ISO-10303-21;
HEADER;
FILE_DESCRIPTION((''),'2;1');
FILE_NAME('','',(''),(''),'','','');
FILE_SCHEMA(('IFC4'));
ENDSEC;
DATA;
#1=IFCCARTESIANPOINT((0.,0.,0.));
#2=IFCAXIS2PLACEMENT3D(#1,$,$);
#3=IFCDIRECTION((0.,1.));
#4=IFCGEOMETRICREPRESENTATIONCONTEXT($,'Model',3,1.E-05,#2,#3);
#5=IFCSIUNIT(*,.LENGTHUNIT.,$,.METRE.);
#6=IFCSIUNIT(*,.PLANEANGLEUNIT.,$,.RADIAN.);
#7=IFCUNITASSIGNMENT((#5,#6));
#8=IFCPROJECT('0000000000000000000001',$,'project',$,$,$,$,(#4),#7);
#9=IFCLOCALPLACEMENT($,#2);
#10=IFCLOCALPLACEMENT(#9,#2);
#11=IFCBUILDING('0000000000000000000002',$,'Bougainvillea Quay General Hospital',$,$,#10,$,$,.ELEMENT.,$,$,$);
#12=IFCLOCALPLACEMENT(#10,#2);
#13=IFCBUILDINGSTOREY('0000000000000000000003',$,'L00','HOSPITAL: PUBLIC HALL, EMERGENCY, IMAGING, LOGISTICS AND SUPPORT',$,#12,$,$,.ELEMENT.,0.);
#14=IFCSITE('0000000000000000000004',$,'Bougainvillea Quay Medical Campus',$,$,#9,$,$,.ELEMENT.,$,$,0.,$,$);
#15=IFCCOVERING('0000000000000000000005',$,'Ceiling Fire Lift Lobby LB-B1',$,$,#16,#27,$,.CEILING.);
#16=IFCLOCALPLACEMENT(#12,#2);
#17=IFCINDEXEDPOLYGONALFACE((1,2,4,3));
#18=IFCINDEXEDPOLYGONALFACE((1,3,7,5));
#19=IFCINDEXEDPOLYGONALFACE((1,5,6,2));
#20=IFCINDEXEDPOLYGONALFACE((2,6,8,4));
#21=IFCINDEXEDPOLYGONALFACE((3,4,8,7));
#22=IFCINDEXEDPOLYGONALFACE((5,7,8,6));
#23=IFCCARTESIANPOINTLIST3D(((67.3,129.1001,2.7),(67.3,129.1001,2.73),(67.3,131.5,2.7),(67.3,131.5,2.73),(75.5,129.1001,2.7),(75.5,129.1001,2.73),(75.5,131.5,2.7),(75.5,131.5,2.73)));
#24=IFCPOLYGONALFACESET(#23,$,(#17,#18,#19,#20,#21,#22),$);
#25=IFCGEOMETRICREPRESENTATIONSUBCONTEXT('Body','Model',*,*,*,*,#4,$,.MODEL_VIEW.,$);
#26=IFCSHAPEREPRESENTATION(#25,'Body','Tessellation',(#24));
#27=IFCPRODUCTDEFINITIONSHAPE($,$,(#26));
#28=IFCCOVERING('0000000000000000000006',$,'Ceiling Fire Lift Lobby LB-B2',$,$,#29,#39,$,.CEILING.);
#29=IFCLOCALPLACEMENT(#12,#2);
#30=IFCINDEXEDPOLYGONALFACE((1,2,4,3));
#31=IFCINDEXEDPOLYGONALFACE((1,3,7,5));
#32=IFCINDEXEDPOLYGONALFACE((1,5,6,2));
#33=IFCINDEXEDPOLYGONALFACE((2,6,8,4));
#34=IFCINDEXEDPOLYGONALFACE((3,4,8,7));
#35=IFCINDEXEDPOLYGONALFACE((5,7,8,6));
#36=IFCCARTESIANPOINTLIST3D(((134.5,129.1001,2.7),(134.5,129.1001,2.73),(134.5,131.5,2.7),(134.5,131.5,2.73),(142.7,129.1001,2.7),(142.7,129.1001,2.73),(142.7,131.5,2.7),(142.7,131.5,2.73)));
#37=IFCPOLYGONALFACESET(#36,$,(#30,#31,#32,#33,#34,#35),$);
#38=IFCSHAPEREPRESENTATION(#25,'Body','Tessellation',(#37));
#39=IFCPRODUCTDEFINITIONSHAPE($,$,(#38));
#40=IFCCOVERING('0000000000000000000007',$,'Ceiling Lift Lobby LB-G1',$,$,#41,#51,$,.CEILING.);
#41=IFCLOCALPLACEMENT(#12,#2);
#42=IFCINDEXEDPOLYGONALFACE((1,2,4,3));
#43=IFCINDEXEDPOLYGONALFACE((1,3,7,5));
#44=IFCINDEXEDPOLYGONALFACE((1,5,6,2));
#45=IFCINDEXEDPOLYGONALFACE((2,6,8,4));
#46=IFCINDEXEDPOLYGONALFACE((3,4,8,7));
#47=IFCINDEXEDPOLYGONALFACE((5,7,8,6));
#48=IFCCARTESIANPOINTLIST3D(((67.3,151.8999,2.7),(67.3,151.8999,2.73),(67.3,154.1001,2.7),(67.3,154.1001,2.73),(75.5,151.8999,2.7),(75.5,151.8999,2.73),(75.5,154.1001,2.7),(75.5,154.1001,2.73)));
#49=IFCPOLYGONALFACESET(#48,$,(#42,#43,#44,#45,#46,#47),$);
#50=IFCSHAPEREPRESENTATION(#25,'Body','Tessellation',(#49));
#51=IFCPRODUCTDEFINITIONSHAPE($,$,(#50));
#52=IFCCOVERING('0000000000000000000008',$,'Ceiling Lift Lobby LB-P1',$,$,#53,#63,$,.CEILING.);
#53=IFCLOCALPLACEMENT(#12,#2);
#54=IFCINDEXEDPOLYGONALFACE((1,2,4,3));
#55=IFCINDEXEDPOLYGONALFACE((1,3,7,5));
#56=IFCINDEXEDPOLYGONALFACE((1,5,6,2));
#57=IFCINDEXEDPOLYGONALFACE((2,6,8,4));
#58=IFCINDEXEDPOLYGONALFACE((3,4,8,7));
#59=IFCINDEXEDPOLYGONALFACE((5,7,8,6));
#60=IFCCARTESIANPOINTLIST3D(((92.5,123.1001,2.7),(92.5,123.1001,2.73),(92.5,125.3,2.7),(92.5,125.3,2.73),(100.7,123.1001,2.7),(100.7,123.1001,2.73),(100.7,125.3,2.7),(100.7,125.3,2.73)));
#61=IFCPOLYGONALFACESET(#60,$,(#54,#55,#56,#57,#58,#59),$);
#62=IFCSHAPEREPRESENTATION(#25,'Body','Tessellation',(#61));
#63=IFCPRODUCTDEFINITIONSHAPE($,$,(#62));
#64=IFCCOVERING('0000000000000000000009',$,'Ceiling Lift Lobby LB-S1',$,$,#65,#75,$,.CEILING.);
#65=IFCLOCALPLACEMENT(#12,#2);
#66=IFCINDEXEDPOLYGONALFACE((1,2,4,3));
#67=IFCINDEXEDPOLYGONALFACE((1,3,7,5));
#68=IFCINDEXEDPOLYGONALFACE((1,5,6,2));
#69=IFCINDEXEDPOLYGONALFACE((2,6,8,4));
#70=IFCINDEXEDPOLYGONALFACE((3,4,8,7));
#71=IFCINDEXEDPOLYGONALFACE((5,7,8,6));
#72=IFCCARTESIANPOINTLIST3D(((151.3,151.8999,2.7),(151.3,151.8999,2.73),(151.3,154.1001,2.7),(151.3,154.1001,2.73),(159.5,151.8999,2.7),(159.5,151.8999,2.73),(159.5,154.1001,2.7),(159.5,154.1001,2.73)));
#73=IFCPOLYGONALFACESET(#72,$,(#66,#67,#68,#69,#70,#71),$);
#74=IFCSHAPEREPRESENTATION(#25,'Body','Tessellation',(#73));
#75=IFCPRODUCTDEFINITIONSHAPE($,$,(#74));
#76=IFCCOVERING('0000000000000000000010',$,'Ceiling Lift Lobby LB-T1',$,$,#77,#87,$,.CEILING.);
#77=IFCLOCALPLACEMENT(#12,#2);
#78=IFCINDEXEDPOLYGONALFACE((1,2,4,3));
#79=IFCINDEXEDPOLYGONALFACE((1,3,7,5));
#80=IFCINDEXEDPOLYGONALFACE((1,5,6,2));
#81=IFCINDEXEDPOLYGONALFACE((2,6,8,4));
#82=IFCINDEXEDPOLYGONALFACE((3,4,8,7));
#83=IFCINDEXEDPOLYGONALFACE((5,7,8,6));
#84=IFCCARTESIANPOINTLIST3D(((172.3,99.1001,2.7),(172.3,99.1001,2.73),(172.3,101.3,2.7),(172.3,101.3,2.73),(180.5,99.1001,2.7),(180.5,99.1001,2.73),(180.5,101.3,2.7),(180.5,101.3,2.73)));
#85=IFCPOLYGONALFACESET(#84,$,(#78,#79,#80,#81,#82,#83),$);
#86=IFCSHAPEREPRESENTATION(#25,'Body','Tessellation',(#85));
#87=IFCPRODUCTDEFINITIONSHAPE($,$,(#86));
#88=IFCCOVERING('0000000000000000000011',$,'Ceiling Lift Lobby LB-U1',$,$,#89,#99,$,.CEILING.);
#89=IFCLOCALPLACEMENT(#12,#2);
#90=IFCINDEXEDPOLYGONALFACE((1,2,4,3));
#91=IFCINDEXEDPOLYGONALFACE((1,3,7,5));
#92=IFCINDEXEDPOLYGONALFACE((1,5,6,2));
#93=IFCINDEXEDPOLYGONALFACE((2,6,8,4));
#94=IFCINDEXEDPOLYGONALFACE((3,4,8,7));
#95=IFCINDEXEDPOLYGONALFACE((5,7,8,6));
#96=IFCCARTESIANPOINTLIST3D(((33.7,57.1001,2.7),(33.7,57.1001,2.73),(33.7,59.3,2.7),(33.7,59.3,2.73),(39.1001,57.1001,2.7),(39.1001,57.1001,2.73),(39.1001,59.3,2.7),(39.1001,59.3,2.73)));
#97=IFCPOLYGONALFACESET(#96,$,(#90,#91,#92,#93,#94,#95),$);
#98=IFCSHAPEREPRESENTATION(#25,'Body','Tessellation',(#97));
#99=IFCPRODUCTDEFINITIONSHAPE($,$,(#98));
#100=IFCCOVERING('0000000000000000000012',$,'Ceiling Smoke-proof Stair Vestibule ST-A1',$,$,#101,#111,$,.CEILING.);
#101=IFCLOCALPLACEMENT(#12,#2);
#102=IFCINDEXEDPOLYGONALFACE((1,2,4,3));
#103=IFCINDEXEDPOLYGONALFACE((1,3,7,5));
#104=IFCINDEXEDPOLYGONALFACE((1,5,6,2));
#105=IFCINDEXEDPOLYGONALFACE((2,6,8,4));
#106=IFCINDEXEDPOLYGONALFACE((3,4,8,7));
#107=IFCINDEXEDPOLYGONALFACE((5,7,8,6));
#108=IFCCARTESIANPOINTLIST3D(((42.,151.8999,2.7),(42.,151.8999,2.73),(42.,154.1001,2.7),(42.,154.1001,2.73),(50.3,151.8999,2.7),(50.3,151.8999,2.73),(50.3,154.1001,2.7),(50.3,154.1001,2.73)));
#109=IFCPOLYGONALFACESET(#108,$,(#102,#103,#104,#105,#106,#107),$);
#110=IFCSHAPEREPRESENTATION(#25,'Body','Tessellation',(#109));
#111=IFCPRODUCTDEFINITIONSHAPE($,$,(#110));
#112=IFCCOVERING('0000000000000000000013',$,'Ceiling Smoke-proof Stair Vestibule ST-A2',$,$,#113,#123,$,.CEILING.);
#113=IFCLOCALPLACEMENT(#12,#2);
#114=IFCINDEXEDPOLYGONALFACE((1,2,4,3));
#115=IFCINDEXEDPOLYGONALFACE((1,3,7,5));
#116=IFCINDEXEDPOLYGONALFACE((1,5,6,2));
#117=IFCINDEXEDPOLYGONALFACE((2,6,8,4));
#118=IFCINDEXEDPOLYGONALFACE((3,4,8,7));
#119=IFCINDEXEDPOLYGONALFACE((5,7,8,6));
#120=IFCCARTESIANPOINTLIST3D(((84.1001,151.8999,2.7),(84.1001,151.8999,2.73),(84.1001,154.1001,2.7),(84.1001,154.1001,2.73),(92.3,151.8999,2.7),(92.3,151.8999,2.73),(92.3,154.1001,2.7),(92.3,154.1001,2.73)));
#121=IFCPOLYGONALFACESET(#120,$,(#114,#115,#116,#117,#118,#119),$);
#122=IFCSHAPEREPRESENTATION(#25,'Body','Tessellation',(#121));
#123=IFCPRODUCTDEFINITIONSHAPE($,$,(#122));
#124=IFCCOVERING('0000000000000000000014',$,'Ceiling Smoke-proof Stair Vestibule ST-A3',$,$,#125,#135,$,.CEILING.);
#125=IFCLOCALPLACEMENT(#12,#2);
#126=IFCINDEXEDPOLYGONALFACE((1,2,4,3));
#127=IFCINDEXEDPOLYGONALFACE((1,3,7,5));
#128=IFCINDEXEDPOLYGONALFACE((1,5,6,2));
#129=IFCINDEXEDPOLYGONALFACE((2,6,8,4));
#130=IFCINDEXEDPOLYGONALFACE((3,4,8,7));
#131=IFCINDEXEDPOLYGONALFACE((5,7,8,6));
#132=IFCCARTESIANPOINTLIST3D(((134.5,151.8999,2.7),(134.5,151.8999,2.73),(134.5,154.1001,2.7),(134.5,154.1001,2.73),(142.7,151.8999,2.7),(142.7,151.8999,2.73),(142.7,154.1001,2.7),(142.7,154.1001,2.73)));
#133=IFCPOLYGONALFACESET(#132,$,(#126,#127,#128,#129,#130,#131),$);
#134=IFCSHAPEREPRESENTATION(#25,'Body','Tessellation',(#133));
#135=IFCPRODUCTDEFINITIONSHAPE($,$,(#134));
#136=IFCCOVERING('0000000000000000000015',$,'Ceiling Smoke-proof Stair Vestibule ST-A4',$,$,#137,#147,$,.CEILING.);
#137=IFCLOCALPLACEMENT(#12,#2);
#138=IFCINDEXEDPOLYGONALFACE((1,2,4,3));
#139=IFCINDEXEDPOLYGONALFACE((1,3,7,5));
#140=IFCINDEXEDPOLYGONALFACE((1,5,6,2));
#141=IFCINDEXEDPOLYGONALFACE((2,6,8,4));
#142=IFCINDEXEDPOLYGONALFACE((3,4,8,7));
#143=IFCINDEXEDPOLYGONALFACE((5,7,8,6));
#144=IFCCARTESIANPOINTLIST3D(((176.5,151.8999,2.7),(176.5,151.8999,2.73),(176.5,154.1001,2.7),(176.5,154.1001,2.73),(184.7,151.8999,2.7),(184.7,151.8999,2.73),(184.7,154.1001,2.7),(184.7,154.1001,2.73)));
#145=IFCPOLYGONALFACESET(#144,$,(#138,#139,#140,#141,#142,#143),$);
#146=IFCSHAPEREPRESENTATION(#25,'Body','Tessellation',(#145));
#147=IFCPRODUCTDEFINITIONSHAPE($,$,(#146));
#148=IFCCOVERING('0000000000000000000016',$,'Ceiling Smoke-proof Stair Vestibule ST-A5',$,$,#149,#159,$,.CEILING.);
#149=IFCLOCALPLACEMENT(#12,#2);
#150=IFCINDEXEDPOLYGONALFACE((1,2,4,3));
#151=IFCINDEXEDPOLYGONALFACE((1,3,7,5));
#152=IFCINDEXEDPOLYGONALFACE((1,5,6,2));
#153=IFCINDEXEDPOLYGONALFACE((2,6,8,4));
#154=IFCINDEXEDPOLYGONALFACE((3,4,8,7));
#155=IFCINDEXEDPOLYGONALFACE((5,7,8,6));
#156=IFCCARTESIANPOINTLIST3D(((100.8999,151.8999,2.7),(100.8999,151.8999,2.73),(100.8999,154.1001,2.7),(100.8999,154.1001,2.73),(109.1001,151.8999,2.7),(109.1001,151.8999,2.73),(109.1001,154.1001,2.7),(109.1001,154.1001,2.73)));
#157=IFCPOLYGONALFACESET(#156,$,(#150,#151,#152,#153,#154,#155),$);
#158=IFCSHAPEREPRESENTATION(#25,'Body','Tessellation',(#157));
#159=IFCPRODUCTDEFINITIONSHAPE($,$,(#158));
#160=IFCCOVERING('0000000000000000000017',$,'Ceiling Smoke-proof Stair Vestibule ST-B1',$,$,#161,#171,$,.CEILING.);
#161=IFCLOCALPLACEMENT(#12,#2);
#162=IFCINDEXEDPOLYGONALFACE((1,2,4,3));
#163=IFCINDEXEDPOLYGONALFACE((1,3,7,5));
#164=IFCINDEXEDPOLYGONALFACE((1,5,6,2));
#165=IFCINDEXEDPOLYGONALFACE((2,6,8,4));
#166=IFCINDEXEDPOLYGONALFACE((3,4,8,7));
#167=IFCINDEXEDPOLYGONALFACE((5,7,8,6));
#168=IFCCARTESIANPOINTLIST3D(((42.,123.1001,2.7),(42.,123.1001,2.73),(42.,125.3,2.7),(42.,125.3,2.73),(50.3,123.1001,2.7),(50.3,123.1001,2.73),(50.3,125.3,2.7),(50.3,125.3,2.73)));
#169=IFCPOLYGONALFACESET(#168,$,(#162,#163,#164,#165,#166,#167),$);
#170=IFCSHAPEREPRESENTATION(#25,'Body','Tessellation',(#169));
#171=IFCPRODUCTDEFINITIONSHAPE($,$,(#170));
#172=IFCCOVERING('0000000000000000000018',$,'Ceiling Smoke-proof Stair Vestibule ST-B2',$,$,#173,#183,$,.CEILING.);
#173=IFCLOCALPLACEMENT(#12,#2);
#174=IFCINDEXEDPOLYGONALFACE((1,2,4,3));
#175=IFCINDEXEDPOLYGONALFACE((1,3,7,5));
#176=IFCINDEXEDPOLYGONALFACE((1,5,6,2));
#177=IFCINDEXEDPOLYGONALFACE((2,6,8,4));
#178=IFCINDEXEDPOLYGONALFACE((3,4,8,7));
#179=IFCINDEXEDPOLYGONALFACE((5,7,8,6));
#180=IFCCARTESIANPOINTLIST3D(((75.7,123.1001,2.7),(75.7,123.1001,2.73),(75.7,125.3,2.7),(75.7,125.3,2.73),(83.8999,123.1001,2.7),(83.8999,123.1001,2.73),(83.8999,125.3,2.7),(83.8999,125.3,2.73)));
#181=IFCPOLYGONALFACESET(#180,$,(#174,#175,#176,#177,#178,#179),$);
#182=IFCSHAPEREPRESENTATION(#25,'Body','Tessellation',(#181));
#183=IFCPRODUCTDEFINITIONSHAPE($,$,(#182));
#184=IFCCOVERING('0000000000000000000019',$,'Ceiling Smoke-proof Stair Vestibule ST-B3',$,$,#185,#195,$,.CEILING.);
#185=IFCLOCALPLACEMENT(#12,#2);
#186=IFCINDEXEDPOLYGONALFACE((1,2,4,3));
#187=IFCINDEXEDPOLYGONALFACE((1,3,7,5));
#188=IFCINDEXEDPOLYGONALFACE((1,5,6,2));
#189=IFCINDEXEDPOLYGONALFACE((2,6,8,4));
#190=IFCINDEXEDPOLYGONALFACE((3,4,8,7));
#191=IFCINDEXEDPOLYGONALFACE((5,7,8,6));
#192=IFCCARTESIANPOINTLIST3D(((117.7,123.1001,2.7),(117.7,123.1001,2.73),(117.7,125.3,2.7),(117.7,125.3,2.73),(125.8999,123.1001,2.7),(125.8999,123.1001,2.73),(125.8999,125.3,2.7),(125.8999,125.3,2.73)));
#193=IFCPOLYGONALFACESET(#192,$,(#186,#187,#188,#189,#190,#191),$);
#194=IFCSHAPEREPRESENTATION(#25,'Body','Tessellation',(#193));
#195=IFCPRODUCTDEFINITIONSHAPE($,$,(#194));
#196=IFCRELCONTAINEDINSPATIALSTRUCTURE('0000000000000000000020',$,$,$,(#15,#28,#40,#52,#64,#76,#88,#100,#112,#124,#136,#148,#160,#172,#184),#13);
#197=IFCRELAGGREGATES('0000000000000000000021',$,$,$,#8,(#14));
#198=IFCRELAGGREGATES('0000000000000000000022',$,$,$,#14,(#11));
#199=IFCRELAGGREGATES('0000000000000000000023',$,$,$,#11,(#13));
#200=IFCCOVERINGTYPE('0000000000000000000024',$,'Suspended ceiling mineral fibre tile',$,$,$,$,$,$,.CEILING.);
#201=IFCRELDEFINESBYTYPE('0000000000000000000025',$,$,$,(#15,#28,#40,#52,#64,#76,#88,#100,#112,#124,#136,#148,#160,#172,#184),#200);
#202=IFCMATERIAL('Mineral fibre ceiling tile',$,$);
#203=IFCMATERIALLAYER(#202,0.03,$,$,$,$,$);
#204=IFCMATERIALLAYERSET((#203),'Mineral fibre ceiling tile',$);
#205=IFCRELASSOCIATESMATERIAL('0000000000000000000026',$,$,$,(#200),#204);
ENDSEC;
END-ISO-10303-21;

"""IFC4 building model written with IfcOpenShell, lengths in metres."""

from ifc_helpers import new_model, si_unit, direction, frame, origin, place, context, subcontext, project, spatial, polyline, outline, extrude, material, layer, layer_set, type_object, element, save


model = new_model("IFC4")

# Units and contexts
model_context = context("Model", 3, precision=1e-05, world=origin(), true_north=direction((0.0, 1.0)))
body_context = subcontext(model_context, "Body", "Model", "MODEL_VIEW")
ifc_project = project(units=[si_unit("LENGTHUNIT", "METRE"), si_unit("PLANEANGLEUNIT", "RADIAN")], contexts=[model_context])

# Site, building, storey
site_placement = place(None, origin())
site = spatial("IfcSite", under=ifc_project, at=site_placement, Name="Bougainvillea Quay Medical Campus", CompositionType="ELEMENT", RefElevation=0.0)
building_placement = place(site_placement, origin())
building = spatial("IfcBuilding", under=site, at=building_placement, Name="Bougainvillea Quay General Hospital", CompositionType="ELEMENT")
storey_placement = place(building_placement, origin())
storey = spatial("IfcBuildingStorey", under=building, at=storey_placement, Name="L00", Description="HOSPITAL: PUBLIC HALL, EMERGENCY, IMAGING, LOGISTICS AND SUPPORT", CompositionType="ELEMENT", Elevation=0.0)

# Coverings
ifc_material = material(Name="Mineral fibre ceiling tile")
ifc_layer = layer(ifc_material, 0.03)
ifc_layer_set = layer_set([ifc_layer], Name="Mineral fibre ceiling tile")
covering_type = type_object("IfcCoveringType", Name="Suspended ceiling mineral fibre tile", PredefinedType="CEILING", material=ifc_layer_set)
covering_1_placement = place(storey_placement, frame((0.0, 0.0, 2.7)))
element("IfcCovering", 1, at=covering_1_placement, inside=storey, type_object=covering_type, Name="Ceiling Fire Lift Lobby LB-B1", PredefinedType="CEILING", context=body_context, shape_type="SweptSolid", body=[
    extrude(outline(polyline([(67.3, 129.1001), (75.5, 129.1001), (75.5, 131.5), (67.3, 131.5), (67.3, 129.1001)])), origin(), (0.0, 0.0, 1.0), 0.03),
])
covering_2_placement = place(storey_placement, frame((0.0, 0.0, 2.7)))
element("IfcCovering", 2, at=covering_2_placement, inside=storey, type_object=covering_type, Name="Ceiling Fire Lift Lobby LB-B2", PredefinedType="CEILING", context=body_context, shape_type="SweptSolid", body=[
    extrude(outline(polyline([(142.7, 129.1001), (142.7, 131.5), (134.5, 131.5), (134.5, 129.1001), (142.7, 129.1001)])), origin(), (0.0, 0.0, 1.0), 0.03),
])
covering_3_placement = place(storey_placement, frame((0.0, 0.0, 2.7)))
element("IfcCovering", 3, at=covering_3_placement, inside=storey, type_object=covering_type, Name="Ceiling Lift Lobby LB-G1", PredefinedType="CEILING", context=body_context, shape_type="SweptSolid", body=[
    extrude(outline(polyline([(75.5, 151.8999), (75.5, 154.1001), (67.3, 154.1001), (67.3, 151.8999), (75.5, 151.8999)])), origin(), (0.0, 0.0, 1.0), 0.03),
])
covering_4_placement = place(storey_placement, frame((0.0, 0.0, 2.7)))
element("IfcCovering", 4, at=covering_4_placement, inside=storey, type_object=covering_type, Name="Ceiling Lift Lobby LB-P1", PredefinedType="CEILING", context=body_context, shape_type="SweptSolid", body=[
    extrude(outline(polyline([(92.5, 125.3), (92.5, 123.1001), (100.7, 123.1001), (100.7, 125.3), (92.5, 125.3)])), origin(), (0.0, 0.0, 1.0), 0.03),
])
covering_5_placement = place(storey_placement, frame((0.0, 0.0, 2.7)))
element("IfcCovering", 5, at=covering_5_placement, inside=storey, type_object=covering_type, Name="Ceiling Lift Lobby LB-S1", PredefinedType="CEILING", context=body_context, shape_type="SweptSolid", body=[
    extrude(outline(polyline([(151.3, 154.1001), (151.3, 151.8999), (159.5, 151.8999), (159.5, 154.1001), (151.3, 154.1001)])), origin(), (0.0, 0.0, 1.0), 0.03),
])
covering_6_placement = place(storey_placement, frame((0.0, 0.0, 2.7)))
element("IfcCovering", 6, at=covering_6_placement, inside=storey, type_object=covering_type, Name="Ceiling Lift Lobby LB-T1", PredefinedType="CEILING", context=body_context, shape_type="SweptSolid", body=[
    extrude(outline(polyline([(180.5, 101.3), (172.3, 101.3), (172.3, 99.1001), (180.5, 99.1001), (180.5, 101.3)])), origin(), (0.0, 0.0, 1.0), 0.03),
])
covering_7_placement = place(storey_placement, frame((0.0, 0.0, 2.7)))
element("IfcCovering", 7, at=covering_7_placement, inside=storey, type_object=covering_type, Name="Ceiling Lift Lobby LB-U1", PredefinedType="CEILING", context=body_context, shape_type="SweptSolid", body=[
    extrude(outline(polyline([(33.7, 57.1001), (39.1001, 57.1001), (39.1001, 59.3), (33.7, 59.3), (33.7, 57.1001)])), origin(), (0.0, 0.0, 1.0), 0.03),
])
covering_8_placement = place(storey_placement, frame((0.0, 0.0, 2.7)))
element("IfcCovering", 8, at=covering_8_placement, inside=storey, type_object=covering_type, Name="Ceiling Smoke-proof Stair Vestibule ST-A1", PredefinedType="CEILING", context=body_context, shape_type="SweptSolid", body=[
    extrude(outline(polyline([(42.0, 151.8999), (50.3, 151.8999), (50.3, 154.1001), (42.0, 154.1001), (42.0, 151.8999)])), origin(), (0.0, 0.0, 1.0), 0.03),
])
covering_9_placement = place(storey_placement, frame((0.0, 0.0, 2.7)))
element("IfcCovering", 9, at=covering_9_placement, inside=storey, type_object=covering_type, Name="Ceiling Smoke-proof Stair Vestibule ST-A2", PredefinedType="CEILING", context=body_context, shape_type="SweptSolid", body=[
    extrude(outline(polyline([(92.3, 151.8999), (92.3, 154.1001), (84.1001, 154.1001), (84.1001, 151.8999), (92.3, 151.8999)])), origin(), (0.0, 0.0, 1.0), 0.03),
])
covering_10_placement = place(storey_placement, frame((0.0, 0.0, 2.7)))
element("IfcCovering", 10, at=covering_10_placement, inside=storey, type_object=covering_type, Name="Ceiling Smoke-proof Stair Vestibule ST-A3", PredefinedType="CEILING", context=body_context, shape_type="SweptSolid", body=[
    extrude(outline(polyline([(134.5, 154.1001), (134.5, 151.8999), (142.7, 151.8999), (142.7, 154.1001), (134.5, 154.1001)])), origin(), (0.0, 0.0, 1.0), 0.03),
])
covering_11_placement = place(storey_placement, frame((0.0, 0.0, 2.7)))
element("IfcCovering", 11, at=covering_11_placement, inside=storey, type_object=covering_type, Name="Ceiling Smoke-proof Stair Vestibule ST-A4", PredefinedType="CEILING", context=body_context, shape_type="SweptSolid", body=[
    extrude(outline(polyline([(184.7, 151.8999), (184.7, 154.1001), (176.5, 154.1001), (176.5, 151.8999), (184.7, 151.8999)])), origin(), (0.0, 0.0, 1.0), 0.03),
])
covering_12_placement = place(storey_placement, frame((0.0, 0.0, 2.7)))
element("IfcCovering", 12, at=covering_12_placement, inside=storey, type_object=covering_type, Name="Ceiling Smoke-proof Stair Vestibule ST-A5", PredefinedType="CEILING", context=body_context, shape_type="SweptSolid", body=[
    extrude(outline(polyline([(100.8999, 151.8999), (109.1001, 151.8999), (109.1001, 154.1001), (100.8999, 154.1001), (100.8999, 151.8999)])), origin(), (0.0, 0.0, 1.0), 0.03),
])
covering_13_placement = place(storey_placement, frame((0.0, 0.0, 2.7)))
element("IfcCovering", 13, at=covering_13_placement, inside=storey, type_object=covering_type, Name="Ceiling Smoke-proof Stair Vestibule ST-B1", PredefinedType="CEILING", context=body_context, shape_type="SweptSolid", body=[
    extrude(outline(polyline([(42.0, 123.1001), (50.3, 123.1001), (50.3, 125.3), (42.0, 125.3), (42.0, 123.1001)])), origin(), (0.0, 0.0, 1.0), 0.03),
])
covering_14_placement = place(storey_placement, frame((0.0, 0.0, 2.7)))
element("IfcCovering", 14, at=covering_14_placement, inside=storey, type_object=covering_type, Name="Ceiling Smoke-proof Stair Vestibule ST-B2", PredefinedType="CEILING", context=body_context, shape_type="SweptSolid", body=[
    extrude(outline(polyline([(75.7, 123.1001), (83.8999, 123.1001), (83.8999, 125.3), (75.7, 125.3), (75.7, 123.1001)])), origin(), (0.0, 0.0, 1.0), 0.03),
])
covering_15_placement = place(storey_placement, frame((0.0, 0.0, 2.7)))
element("IfcCovering", 15, at=covering_15_placement, inside=storey, type_object=covering_type, Name="Ceiling Smoke-proof Stair Vestibule ST-B3", PredefinedType="CEILING", context=body_context, shape_type="SweptSolid", body=[
    extrude(outline(polyline([(125.8999, 125.3), (117.7, 125.3), (117.7, 123.1001), (125.8999, 123.1001), (125.8999, 125.3)])), origin(), (0.0, 0.0, 1.0), 0.03),
])

save(model, "model.ifc")
